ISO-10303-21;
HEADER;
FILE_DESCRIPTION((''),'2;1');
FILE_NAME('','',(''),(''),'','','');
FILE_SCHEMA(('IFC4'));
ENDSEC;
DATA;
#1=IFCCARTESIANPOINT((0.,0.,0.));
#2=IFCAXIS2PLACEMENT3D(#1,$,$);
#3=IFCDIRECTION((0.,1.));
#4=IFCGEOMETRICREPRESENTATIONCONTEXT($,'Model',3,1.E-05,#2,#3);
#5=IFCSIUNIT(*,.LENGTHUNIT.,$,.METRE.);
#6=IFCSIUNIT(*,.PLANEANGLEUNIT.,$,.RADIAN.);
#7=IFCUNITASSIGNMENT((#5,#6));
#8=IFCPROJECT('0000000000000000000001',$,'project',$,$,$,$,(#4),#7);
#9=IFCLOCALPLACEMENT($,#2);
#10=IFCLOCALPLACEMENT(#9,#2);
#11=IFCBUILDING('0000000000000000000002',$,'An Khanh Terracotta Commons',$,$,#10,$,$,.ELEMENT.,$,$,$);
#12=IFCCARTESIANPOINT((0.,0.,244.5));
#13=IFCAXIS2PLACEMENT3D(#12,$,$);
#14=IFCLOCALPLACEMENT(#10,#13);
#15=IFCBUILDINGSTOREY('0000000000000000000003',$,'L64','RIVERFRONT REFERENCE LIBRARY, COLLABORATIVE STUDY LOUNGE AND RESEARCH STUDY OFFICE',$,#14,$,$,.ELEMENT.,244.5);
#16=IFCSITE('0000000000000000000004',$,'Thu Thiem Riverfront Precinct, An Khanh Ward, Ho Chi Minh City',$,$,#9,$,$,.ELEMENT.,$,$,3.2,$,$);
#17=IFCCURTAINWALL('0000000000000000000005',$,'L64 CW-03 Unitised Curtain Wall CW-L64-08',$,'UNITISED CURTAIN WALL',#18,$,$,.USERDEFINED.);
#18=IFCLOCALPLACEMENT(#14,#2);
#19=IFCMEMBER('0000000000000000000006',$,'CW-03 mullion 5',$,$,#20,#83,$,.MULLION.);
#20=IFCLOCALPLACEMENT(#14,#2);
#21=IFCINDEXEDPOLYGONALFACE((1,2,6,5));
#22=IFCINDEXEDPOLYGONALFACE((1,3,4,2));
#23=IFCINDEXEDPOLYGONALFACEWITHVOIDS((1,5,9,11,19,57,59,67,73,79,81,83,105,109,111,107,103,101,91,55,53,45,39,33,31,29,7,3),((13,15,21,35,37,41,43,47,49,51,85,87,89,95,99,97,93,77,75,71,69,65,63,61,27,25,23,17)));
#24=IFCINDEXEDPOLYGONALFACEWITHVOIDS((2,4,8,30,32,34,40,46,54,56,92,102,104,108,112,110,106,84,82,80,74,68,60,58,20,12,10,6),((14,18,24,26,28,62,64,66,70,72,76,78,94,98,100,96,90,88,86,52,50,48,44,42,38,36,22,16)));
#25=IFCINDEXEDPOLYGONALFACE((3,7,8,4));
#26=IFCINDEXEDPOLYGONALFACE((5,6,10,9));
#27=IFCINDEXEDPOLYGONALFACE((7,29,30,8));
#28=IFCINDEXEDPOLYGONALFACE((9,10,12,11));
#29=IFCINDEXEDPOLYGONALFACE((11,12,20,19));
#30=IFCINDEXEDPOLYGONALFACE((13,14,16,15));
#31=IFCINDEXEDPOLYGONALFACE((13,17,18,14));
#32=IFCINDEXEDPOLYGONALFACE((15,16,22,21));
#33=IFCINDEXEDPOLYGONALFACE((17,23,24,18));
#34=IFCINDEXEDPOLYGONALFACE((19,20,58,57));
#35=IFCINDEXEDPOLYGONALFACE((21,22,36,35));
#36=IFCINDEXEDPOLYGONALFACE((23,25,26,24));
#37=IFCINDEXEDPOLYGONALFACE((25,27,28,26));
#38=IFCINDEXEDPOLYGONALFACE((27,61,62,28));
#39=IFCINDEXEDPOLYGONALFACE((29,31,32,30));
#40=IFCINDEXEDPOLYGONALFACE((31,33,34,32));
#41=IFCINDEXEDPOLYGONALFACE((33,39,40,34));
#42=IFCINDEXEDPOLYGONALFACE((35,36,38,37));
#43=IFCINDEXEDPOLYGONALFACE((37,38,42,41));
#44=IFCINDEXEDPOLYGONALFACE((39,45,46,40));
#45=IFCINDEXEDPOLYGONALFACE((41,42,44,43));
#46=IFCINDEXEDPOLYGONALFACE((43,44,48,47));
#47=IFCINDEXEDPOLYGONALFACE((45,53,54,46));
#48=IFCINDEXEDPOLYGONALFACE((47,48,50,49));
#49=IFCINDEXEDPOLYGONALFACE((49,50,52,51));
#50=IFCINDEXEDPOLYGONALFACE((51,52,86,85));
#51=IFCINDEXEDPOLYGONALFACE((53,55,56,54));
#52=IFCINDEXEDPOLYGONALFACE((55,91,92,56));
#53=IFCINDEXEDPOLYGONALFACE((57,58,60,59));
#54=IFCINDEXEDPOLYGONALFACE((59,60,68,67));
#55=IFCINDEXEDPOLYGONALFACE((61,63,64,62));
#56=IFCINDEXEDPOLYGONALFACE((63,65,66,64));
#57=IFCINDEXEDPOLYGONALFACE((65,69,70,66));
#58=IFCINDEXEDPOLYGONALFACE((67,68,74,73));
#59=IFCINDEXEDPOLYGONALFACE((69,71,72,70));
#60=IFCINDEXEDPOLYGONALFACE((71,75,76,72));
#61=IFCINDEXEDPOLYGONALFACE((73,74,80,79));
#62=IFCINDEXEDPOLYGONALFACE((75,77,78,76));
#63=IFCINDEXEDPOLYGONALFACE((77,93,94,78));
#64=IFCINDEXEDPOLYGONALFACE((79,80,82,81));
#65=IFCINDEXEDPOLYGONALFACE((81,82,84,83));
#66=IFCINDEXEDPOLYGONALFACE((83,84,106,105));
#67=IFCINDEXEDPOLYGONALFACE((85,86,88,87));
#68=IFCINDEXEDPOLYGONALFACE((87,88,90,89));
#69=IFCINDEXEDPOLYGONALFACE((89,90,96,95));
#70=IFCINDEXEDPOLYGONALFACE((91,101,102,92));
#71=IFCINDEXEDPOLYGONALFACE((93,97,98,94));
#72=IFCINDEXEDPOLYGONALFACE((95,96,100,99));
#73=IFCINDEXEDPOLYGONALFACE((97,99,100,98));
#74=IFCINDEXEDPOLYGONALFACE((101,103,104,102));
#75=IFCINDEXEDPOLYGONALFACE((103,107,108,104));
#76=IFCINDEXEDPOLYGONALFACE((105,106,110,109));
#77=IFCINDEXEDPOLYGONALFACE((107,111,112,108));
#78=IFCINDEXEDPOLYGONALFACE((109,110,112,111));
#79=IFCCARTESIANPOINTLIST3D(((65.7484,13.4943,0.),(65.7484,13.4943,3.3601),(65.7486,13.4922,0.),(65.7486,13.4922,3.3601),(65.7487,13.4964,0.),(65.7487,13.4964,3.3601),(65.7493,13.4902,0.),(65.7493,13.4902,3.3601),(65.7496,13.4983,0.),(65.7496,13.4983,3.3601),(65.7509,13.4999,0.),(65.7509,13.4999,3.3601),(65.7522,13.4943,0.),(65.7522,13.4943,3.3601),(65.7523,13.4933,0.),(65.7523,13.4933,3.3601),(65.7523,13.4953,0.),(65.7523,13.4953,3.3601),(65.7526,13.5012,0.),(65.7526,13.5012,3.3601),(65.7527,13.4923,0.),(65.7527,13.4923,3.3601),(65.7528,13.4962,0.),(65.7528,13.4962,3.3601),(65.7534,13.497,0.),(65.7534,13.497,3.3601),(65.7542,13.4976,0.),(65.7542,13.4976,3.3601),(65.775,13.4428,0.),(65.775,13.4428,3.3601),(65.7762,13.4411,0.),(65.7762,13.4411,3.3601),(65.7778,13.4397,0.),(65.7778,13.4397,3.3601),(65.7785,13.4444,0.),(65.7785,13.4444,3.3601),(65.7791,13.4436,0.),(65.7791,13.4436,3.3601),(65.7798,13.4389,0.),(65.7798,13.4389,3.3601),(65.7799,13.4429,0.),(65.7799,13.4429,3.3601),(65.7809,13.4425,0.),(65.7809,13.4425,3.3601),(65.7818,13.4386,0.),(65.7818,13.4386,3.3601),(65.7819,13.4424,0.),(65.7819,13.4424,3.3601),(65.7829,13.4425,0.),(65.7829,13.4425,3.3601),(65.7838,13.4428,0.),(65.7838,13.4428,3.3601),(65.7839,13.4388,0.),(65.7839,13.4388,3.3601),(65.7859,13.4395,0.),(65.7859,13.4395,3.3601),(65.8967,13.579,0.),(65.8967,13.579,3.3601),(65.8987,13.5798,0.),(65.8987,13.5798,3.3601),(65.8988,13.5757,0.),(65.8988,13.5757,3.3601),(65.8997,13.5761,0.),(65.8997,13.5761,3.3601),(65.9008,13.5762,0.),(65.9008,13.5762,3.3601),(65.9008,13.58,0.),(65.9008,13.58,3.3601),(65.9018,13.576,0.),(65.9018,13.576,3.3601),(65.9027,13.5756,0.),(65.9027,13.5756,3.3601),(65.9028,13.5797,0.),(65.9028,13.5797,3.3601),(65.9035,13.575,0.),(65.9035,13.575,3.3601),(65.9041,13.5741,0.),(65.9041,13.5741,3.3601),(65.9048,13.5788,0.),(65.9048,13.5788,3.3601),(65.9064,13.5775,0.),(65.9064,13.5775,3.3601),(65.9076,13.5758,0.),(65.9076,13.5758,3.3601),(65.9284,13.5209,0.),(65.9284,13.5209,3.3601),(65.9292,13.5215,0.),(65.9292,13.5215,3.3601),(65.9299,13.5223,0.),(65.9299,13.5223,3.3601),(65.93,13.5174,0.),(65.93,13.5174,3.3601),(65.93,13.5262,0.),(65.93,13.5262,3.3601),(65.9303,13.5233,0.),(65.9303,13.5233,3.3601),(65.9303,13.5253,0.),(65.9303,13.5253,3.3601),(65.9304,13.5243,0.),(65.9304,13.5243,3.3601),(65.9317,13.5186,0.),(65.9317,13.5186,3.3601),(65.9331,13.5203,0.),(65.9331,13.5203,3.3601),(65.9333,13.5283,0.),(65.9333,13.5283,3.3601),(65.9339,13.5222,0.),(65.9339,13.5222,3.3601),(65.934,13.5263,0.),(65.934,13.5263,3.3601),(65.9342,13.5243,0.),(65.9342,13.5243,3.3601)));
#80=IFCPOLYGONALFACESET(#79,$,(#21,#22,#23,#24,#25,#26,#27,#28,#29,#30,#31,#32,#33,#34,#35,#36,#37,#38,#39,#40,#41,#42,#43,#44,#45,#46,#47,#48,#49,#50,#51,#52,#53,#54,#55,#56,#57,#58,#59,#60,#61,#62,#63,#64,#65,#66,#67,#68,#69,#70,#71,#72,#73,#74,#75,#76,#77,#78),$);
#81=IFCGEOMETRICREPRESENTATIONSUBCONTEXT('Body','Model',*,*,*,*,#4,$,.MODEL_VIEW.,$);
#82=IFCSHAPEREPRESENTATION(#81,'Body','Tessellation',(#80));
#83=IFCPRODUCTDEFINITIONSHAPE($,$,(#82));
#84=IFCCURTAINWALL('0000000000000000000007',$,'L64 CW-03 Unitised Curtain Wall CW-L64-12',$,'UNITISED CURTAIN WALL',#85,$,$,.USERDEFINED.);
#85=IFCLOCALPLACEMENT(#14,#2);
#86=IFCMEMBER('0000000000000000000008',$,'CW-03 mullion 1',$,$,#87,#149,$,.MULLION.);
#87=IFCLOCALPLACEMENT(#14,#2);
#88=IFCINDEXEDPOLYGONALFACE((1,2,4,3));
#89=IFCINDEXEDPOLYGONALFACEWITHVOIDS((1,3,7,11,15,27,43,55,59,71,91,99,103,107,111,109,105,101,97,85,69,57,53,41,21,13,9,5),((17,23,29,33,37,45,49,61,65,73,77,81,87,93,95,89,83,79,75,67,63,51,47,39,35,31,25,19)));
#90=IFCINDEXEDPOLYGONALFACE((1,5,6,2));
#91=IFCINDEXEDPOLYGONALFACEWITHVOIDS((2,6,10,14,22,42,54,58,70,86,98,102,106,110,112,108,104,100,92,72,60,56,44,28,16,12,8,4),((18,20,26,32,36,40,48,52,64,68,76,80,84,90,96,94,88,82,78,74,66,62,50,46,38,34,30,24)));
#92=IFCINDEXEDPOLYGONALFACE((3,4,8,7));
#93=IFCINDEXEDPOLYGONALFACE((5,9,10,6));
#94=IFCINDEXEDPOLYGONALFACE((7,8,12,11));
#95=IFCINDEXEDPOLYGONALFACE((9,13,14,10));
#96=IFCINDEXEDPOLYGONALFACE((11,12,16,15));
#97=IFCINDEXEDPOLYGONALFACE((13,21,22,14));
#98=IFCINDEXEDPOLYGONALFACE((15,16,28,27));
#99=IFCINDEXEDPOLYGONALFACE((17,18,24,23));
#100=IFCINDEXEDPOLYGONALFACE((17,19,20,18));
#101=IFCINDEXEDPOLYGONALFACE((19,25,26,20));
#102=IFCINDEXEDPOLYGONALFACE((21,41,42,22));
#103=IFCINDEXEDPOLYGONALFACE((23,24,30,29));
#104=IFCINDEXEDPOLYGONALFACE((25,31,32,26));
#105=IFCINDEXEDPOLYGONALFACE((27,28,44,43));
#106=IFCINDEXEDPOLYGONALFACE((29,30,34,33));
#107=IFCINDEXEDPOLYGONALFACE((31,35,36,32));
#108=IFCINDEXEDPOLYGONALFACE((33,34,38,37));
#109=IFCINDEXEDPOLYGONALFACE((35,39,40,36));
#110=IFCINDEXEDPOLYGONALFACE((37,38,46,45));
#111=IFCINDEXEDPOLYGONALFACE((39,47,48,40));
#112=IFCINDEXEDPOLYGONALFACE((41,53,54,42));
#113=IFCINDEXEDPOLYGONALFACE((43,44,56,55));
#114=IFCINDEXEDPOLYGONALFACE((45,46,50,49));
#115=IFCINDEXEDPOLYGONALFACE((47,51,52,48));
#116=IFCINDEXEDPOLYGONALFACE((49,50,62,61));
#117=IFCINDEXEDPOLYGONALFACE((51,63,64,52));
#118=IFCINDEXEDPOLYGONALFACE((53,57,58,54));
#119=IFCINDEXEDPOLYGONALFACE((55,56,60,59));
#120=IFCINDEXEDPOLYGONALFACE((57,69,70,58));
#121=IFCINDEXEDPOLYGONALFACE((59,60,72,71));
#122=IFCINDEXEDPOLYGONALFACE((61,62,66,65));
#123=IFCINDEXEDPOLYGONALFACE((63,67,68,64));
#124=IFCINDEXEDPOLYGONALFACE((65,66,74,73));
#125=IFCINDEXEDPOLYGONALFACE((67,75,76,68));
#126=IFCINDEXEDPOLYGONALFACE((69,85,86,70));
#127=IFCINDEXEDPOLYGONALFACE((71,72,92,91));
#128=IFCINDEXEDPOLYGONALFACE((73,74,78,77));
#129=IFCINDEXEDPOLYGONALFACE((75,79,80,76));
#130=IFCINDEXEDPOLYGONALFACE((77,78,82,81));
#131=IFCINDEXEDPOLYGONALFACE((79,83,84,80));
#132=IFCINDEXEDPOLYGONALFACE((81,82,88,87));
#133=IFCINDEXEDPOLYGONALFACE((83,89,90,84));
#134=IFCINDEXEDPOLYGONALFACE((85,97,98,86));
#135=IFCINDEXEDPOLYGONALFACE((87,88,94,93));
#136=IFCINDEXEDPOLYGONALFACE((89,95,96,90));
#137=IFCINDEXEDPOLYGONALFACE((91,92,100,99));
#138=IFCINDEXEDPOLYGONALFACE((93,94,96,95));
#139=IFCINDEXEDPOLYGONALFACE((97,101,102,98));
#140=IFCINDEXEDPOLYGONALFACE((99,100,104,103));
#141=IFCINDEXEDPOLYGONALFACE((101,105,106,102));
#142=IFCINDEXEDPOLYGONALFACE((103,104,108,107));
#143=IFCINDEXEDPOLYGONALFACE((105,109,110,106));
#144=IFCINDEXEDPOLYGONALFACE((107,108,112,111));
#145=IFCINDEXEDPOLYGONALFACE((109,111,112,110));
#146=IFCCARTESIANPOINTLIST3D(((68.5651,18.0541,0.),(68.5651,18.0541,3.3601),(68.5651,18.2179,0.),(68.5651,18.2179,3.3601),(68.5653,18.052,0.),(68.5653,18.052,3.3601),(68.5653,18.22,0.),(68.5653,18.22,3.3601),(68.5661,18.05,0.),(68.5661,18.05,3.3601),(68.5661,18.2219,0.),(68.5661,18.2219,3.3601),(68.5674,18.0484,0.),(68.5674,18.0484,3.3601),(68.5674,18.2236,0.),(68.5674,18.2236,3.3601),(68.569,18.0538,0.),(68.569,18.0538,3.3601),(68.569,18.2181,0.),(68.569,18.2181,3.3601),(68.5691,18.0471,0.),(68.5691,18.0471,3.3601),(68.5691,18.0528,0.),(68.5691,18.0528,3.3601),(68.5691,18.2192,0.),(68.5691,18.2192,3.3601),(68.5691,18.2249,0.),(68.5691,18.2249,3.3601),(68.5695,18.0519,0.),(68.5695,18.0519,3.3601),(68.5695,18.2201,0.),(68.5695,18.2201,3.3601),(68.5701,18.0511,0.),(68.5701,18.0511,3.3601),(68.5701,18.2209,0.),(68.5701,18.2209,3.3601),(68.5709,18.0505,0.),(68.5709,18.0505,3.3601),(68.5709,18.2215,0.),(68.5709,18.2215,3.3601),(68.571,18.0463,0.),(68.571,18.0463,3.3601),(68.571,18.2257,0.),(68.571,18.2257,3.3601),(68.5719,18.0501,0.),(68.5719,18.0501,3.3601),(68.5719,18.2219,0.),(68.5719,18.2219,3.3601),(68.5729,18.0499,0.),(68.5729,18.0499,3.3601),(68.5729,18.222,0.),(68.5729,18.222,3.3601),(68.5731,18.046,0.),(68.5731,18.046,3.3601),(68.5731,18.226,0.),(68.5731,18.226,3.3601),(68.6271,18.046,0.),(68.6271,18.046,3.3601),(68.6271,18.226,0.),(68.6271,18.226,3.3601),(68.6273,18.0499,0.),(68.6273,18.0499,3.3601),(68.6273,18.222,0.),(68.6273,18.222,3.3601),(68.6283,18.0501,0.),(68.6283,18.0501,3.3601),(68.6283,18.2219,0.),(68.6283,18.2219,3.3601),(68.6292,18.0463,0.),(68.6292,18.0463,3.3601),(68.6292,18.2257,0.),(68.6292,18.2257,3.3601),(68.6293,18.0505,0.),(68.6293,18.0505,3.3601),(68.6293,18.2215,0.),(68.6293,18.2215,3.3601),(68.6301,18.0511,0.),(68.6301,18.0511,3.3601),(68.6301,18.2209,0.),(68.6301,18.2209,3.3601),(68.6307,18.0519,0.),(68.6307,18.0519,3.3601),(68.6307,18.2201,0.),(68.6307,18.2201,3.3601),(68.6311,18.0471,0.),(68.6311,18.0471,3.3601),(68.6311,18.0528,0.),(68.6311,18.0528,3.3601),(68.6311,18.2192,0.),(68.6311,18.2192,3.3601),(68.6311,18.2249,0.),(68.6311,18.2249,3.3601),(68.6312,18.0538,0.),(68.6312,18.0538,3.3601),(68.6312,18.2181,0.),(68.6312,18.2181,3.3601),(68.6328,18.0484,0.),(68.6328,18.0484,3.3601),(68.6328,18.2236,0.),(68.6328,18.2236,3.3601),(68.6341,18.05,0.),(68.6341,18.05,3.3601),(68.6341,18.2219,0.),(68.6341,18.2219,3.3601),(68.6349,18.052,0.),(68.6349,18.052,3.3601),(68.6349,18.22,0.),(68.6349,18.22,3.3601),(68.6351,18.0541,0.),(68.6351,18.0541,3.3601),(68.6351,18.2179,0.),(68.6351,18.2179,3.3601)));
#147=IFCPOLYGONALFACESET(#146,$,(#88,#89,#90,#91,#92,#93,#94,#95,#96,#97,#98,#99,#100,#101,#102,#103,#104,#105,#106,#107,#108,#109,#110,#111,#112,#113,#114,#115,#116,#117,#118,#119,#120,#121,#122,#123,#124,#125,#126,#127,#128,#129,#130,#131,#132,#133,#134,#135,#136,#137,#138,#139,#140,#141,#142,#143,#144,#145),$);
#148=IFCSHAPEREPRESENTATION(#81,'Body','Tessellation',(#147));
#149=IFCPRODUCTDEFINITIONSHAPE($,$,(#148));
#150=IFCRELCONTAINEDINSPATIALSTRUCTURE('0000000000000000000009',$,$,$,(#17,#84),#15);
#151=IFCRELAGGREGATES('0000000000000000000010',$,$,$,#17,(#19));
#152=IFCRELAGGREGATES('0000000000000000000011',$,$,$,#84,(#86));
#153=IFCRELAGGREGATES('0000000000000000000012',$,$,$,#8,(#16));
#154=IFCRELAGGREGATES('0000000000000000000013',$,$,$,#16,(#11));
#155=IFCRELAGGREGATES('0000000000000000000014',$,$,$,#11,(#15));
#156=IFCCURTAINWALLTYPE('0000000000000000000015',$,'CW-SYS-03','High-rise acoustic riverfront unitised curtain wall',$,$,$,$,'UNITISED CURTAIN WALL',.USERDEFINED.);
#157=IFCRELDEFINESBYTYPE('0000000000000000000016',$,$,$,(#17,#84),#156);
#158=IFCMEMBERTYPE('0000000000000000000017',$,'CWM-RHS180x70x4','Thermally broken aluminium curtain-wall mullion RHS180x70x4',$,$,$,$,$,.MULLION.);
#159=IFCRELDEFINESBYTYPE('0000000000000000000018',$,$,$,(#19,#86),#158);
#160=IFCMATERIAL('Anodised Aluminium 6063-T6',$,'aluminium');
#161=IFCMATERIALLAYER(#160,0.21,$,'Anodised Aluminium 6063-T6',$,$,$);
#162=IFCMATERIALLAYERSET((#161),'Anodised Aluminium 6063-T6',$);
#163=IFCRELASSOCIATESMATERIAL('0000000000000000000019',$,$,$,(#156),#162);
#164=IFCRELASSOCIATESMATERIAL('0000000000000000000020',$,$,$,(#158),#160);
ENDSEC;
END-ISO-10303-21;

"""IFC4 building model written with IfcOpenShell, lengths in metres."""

from ifc_helpers import new_model, si_unit, direction, frame, origin, origin_2d, place, context, subcontext, project, spatial, hollow_rectangle, extrude, material, layer, layer_set, material_profile, profile_set, type_object, element, aggregate, save


model = new_model("IFC4")

# Units and contexts
model_context = context("Model", 3, precision=1e-05, world=origin(), true_north=direction((0.0, 1.0)))
body_context = subcontext(model_context, "Body", "Model", "MODEL_VIEW")
ifc_project = project(units=[si_unit("LENGTHUNIT", "METRE"), si_unit("PLANEANGLEUNIT", "RADIAN")], contexts=[model_context])

# Site, building, storey
site_placement = place(None, origin())
site = spatial("IfcSite", under=ifc_project, at=site_placement, Name="Thu Thiem Riverfront Precinct, An Khanh Ward, Ho Chi Minh City", CompositionType="ELEMENT", RefElevation=3.2)
building_placement = place(site_placement, origin())
building = spatial("IfcBuilding", under=site, at=building_placement, Name="An Khanh Terracotta Commons", CompositionType="ELEMENT")
storey_placement = place(building_placement, frame((0.0, 0.0, 244.5)))
storey = spatial("IfcBuildingStorey", under=building, at=storey_placement, Name="L64", Description="RIVERFRONT REFERENCE LIBRARY, COLLABORATIVE STUDY LOUNGE AND RESEARCH STUDY OFFICE", CompositionType="ELEMENT", Elevation=244.5)

# Curtain walls, members
ifc_material_1 = material(Name="Anodised Aluminium 6063-T6", Category="aluminium")
ifc_layer_1 = layer(ifc_material_1, 0.21, Name="Anodised Aluminium 6063-T6")
ifc_layer_set_1 = layer_set([ifc_layer_1], Name="Anodised Aluminium 6063-T6")
curtain_wall_type = type_object("IfcCurtainWallType", Name="CW-SYS-03", Description="High-rise acoustic riverfront unitised curtain wall", ElementType="UNITISED CURTAIN WALL", PredefinedType="USERDEFINED", material=ifc_layer_set_1)
curtain_wall_1_placement = place(storey_placement, origin())
curtain_wall_1 = element("IfcCurtainWall", 1, at=curtain_wall_1_placement, inside=storey, type_object=curtain_wall_type, Name="L64 CW-03 Unitised Curtain Wall CW-L64-08", ObjectType="UNITISED CURTAIN WALL", PredefinedType="USERDEFINED")
ifc_material_profile_1 = material_profile(ifc_material_1, hollow_rectangle(XDim=0.0701, YDim=0.1799, WallThickness=0.0039, InnerFilletRadius=0.0039, OuterFilletRadius=0.0081, at=origin_2d()), Name="RHS180x70x4")
ifc_profile_set_1 = profile_set([ifc_material_profile_1], Name="Anodised Aluminium 6063-T6")
member_type_1 = type_object("IfcMemberType", Name="CWM-RHS180x70x4", Description="Thermally broken aluminium curtain-wall mullion RHS180x70x4", PredefinedType="MULLION", material=ifc_profile_set_1)
member_1_placement = place(storey_placement, frame((65.8413, 13.5093, 0.0), z_axis=(0.0, 0.0, 1.0), x_axis=(-0.475381, 0.87978, 0.0)))
member_1 = element("IfcMember", 2, at=member_1_placement, type_object=member_type_1, Name="CW-03 mullion 5", PredefinedType="MULLION", context=body_context, shape_type="SweptSolid", body=[
    extrude(hollow_rectangle(XDim=0.0701, YDim=0.1799, WallThickness=0.0039, InnerFilletRadius=0.0039, OuterFilletRadius=0.0081, at=origin_2d()), origin(), (0.0, 0.0, 1.0), 3.3601),
])
curtain_wall_2_placement = place(storey_placement, origin())
curtain_wall_2 = element("IfcCurtainWall", 3, at=curtain_wall_2_placement, inside=storey, type_object=curtain_wall_type, Name="L64 CW-03 Unitised Curtain Wall CW-L64-12", ObjectType="UNITISED CURTAIN WALL", PredefinedType="USERDEFINED")
member_2_placement = place(storey_placement, frame((68.6001, 18.136, 0.0), z_axis=(0.0, 0.0, 1.0), x_axis=(-1.0, 0.0, 0.0)))
member_2 = element("IfcMember", 4, at=member_2_placement, type_object=member_type_1, Name="CW-03 mullion 1", PredefinedType="MULLION", context=body_context, shape_type="SweptSolid", body=[
    extrude(hollow_rectangle(XDim=0.0701, YDim=0.1799, WallThickness=0.0039, InnerFilletRadius=0.0039, OuterFilletRadius=0.0081, at=origin_2d()), origin(), (0.0, 0.0, 1.0), 3.3601),
])

aggregate(curtain_wall_1, [member_1])
aggregate(curtain_wall_2, [member_2])

save(model, "model.ifc")
